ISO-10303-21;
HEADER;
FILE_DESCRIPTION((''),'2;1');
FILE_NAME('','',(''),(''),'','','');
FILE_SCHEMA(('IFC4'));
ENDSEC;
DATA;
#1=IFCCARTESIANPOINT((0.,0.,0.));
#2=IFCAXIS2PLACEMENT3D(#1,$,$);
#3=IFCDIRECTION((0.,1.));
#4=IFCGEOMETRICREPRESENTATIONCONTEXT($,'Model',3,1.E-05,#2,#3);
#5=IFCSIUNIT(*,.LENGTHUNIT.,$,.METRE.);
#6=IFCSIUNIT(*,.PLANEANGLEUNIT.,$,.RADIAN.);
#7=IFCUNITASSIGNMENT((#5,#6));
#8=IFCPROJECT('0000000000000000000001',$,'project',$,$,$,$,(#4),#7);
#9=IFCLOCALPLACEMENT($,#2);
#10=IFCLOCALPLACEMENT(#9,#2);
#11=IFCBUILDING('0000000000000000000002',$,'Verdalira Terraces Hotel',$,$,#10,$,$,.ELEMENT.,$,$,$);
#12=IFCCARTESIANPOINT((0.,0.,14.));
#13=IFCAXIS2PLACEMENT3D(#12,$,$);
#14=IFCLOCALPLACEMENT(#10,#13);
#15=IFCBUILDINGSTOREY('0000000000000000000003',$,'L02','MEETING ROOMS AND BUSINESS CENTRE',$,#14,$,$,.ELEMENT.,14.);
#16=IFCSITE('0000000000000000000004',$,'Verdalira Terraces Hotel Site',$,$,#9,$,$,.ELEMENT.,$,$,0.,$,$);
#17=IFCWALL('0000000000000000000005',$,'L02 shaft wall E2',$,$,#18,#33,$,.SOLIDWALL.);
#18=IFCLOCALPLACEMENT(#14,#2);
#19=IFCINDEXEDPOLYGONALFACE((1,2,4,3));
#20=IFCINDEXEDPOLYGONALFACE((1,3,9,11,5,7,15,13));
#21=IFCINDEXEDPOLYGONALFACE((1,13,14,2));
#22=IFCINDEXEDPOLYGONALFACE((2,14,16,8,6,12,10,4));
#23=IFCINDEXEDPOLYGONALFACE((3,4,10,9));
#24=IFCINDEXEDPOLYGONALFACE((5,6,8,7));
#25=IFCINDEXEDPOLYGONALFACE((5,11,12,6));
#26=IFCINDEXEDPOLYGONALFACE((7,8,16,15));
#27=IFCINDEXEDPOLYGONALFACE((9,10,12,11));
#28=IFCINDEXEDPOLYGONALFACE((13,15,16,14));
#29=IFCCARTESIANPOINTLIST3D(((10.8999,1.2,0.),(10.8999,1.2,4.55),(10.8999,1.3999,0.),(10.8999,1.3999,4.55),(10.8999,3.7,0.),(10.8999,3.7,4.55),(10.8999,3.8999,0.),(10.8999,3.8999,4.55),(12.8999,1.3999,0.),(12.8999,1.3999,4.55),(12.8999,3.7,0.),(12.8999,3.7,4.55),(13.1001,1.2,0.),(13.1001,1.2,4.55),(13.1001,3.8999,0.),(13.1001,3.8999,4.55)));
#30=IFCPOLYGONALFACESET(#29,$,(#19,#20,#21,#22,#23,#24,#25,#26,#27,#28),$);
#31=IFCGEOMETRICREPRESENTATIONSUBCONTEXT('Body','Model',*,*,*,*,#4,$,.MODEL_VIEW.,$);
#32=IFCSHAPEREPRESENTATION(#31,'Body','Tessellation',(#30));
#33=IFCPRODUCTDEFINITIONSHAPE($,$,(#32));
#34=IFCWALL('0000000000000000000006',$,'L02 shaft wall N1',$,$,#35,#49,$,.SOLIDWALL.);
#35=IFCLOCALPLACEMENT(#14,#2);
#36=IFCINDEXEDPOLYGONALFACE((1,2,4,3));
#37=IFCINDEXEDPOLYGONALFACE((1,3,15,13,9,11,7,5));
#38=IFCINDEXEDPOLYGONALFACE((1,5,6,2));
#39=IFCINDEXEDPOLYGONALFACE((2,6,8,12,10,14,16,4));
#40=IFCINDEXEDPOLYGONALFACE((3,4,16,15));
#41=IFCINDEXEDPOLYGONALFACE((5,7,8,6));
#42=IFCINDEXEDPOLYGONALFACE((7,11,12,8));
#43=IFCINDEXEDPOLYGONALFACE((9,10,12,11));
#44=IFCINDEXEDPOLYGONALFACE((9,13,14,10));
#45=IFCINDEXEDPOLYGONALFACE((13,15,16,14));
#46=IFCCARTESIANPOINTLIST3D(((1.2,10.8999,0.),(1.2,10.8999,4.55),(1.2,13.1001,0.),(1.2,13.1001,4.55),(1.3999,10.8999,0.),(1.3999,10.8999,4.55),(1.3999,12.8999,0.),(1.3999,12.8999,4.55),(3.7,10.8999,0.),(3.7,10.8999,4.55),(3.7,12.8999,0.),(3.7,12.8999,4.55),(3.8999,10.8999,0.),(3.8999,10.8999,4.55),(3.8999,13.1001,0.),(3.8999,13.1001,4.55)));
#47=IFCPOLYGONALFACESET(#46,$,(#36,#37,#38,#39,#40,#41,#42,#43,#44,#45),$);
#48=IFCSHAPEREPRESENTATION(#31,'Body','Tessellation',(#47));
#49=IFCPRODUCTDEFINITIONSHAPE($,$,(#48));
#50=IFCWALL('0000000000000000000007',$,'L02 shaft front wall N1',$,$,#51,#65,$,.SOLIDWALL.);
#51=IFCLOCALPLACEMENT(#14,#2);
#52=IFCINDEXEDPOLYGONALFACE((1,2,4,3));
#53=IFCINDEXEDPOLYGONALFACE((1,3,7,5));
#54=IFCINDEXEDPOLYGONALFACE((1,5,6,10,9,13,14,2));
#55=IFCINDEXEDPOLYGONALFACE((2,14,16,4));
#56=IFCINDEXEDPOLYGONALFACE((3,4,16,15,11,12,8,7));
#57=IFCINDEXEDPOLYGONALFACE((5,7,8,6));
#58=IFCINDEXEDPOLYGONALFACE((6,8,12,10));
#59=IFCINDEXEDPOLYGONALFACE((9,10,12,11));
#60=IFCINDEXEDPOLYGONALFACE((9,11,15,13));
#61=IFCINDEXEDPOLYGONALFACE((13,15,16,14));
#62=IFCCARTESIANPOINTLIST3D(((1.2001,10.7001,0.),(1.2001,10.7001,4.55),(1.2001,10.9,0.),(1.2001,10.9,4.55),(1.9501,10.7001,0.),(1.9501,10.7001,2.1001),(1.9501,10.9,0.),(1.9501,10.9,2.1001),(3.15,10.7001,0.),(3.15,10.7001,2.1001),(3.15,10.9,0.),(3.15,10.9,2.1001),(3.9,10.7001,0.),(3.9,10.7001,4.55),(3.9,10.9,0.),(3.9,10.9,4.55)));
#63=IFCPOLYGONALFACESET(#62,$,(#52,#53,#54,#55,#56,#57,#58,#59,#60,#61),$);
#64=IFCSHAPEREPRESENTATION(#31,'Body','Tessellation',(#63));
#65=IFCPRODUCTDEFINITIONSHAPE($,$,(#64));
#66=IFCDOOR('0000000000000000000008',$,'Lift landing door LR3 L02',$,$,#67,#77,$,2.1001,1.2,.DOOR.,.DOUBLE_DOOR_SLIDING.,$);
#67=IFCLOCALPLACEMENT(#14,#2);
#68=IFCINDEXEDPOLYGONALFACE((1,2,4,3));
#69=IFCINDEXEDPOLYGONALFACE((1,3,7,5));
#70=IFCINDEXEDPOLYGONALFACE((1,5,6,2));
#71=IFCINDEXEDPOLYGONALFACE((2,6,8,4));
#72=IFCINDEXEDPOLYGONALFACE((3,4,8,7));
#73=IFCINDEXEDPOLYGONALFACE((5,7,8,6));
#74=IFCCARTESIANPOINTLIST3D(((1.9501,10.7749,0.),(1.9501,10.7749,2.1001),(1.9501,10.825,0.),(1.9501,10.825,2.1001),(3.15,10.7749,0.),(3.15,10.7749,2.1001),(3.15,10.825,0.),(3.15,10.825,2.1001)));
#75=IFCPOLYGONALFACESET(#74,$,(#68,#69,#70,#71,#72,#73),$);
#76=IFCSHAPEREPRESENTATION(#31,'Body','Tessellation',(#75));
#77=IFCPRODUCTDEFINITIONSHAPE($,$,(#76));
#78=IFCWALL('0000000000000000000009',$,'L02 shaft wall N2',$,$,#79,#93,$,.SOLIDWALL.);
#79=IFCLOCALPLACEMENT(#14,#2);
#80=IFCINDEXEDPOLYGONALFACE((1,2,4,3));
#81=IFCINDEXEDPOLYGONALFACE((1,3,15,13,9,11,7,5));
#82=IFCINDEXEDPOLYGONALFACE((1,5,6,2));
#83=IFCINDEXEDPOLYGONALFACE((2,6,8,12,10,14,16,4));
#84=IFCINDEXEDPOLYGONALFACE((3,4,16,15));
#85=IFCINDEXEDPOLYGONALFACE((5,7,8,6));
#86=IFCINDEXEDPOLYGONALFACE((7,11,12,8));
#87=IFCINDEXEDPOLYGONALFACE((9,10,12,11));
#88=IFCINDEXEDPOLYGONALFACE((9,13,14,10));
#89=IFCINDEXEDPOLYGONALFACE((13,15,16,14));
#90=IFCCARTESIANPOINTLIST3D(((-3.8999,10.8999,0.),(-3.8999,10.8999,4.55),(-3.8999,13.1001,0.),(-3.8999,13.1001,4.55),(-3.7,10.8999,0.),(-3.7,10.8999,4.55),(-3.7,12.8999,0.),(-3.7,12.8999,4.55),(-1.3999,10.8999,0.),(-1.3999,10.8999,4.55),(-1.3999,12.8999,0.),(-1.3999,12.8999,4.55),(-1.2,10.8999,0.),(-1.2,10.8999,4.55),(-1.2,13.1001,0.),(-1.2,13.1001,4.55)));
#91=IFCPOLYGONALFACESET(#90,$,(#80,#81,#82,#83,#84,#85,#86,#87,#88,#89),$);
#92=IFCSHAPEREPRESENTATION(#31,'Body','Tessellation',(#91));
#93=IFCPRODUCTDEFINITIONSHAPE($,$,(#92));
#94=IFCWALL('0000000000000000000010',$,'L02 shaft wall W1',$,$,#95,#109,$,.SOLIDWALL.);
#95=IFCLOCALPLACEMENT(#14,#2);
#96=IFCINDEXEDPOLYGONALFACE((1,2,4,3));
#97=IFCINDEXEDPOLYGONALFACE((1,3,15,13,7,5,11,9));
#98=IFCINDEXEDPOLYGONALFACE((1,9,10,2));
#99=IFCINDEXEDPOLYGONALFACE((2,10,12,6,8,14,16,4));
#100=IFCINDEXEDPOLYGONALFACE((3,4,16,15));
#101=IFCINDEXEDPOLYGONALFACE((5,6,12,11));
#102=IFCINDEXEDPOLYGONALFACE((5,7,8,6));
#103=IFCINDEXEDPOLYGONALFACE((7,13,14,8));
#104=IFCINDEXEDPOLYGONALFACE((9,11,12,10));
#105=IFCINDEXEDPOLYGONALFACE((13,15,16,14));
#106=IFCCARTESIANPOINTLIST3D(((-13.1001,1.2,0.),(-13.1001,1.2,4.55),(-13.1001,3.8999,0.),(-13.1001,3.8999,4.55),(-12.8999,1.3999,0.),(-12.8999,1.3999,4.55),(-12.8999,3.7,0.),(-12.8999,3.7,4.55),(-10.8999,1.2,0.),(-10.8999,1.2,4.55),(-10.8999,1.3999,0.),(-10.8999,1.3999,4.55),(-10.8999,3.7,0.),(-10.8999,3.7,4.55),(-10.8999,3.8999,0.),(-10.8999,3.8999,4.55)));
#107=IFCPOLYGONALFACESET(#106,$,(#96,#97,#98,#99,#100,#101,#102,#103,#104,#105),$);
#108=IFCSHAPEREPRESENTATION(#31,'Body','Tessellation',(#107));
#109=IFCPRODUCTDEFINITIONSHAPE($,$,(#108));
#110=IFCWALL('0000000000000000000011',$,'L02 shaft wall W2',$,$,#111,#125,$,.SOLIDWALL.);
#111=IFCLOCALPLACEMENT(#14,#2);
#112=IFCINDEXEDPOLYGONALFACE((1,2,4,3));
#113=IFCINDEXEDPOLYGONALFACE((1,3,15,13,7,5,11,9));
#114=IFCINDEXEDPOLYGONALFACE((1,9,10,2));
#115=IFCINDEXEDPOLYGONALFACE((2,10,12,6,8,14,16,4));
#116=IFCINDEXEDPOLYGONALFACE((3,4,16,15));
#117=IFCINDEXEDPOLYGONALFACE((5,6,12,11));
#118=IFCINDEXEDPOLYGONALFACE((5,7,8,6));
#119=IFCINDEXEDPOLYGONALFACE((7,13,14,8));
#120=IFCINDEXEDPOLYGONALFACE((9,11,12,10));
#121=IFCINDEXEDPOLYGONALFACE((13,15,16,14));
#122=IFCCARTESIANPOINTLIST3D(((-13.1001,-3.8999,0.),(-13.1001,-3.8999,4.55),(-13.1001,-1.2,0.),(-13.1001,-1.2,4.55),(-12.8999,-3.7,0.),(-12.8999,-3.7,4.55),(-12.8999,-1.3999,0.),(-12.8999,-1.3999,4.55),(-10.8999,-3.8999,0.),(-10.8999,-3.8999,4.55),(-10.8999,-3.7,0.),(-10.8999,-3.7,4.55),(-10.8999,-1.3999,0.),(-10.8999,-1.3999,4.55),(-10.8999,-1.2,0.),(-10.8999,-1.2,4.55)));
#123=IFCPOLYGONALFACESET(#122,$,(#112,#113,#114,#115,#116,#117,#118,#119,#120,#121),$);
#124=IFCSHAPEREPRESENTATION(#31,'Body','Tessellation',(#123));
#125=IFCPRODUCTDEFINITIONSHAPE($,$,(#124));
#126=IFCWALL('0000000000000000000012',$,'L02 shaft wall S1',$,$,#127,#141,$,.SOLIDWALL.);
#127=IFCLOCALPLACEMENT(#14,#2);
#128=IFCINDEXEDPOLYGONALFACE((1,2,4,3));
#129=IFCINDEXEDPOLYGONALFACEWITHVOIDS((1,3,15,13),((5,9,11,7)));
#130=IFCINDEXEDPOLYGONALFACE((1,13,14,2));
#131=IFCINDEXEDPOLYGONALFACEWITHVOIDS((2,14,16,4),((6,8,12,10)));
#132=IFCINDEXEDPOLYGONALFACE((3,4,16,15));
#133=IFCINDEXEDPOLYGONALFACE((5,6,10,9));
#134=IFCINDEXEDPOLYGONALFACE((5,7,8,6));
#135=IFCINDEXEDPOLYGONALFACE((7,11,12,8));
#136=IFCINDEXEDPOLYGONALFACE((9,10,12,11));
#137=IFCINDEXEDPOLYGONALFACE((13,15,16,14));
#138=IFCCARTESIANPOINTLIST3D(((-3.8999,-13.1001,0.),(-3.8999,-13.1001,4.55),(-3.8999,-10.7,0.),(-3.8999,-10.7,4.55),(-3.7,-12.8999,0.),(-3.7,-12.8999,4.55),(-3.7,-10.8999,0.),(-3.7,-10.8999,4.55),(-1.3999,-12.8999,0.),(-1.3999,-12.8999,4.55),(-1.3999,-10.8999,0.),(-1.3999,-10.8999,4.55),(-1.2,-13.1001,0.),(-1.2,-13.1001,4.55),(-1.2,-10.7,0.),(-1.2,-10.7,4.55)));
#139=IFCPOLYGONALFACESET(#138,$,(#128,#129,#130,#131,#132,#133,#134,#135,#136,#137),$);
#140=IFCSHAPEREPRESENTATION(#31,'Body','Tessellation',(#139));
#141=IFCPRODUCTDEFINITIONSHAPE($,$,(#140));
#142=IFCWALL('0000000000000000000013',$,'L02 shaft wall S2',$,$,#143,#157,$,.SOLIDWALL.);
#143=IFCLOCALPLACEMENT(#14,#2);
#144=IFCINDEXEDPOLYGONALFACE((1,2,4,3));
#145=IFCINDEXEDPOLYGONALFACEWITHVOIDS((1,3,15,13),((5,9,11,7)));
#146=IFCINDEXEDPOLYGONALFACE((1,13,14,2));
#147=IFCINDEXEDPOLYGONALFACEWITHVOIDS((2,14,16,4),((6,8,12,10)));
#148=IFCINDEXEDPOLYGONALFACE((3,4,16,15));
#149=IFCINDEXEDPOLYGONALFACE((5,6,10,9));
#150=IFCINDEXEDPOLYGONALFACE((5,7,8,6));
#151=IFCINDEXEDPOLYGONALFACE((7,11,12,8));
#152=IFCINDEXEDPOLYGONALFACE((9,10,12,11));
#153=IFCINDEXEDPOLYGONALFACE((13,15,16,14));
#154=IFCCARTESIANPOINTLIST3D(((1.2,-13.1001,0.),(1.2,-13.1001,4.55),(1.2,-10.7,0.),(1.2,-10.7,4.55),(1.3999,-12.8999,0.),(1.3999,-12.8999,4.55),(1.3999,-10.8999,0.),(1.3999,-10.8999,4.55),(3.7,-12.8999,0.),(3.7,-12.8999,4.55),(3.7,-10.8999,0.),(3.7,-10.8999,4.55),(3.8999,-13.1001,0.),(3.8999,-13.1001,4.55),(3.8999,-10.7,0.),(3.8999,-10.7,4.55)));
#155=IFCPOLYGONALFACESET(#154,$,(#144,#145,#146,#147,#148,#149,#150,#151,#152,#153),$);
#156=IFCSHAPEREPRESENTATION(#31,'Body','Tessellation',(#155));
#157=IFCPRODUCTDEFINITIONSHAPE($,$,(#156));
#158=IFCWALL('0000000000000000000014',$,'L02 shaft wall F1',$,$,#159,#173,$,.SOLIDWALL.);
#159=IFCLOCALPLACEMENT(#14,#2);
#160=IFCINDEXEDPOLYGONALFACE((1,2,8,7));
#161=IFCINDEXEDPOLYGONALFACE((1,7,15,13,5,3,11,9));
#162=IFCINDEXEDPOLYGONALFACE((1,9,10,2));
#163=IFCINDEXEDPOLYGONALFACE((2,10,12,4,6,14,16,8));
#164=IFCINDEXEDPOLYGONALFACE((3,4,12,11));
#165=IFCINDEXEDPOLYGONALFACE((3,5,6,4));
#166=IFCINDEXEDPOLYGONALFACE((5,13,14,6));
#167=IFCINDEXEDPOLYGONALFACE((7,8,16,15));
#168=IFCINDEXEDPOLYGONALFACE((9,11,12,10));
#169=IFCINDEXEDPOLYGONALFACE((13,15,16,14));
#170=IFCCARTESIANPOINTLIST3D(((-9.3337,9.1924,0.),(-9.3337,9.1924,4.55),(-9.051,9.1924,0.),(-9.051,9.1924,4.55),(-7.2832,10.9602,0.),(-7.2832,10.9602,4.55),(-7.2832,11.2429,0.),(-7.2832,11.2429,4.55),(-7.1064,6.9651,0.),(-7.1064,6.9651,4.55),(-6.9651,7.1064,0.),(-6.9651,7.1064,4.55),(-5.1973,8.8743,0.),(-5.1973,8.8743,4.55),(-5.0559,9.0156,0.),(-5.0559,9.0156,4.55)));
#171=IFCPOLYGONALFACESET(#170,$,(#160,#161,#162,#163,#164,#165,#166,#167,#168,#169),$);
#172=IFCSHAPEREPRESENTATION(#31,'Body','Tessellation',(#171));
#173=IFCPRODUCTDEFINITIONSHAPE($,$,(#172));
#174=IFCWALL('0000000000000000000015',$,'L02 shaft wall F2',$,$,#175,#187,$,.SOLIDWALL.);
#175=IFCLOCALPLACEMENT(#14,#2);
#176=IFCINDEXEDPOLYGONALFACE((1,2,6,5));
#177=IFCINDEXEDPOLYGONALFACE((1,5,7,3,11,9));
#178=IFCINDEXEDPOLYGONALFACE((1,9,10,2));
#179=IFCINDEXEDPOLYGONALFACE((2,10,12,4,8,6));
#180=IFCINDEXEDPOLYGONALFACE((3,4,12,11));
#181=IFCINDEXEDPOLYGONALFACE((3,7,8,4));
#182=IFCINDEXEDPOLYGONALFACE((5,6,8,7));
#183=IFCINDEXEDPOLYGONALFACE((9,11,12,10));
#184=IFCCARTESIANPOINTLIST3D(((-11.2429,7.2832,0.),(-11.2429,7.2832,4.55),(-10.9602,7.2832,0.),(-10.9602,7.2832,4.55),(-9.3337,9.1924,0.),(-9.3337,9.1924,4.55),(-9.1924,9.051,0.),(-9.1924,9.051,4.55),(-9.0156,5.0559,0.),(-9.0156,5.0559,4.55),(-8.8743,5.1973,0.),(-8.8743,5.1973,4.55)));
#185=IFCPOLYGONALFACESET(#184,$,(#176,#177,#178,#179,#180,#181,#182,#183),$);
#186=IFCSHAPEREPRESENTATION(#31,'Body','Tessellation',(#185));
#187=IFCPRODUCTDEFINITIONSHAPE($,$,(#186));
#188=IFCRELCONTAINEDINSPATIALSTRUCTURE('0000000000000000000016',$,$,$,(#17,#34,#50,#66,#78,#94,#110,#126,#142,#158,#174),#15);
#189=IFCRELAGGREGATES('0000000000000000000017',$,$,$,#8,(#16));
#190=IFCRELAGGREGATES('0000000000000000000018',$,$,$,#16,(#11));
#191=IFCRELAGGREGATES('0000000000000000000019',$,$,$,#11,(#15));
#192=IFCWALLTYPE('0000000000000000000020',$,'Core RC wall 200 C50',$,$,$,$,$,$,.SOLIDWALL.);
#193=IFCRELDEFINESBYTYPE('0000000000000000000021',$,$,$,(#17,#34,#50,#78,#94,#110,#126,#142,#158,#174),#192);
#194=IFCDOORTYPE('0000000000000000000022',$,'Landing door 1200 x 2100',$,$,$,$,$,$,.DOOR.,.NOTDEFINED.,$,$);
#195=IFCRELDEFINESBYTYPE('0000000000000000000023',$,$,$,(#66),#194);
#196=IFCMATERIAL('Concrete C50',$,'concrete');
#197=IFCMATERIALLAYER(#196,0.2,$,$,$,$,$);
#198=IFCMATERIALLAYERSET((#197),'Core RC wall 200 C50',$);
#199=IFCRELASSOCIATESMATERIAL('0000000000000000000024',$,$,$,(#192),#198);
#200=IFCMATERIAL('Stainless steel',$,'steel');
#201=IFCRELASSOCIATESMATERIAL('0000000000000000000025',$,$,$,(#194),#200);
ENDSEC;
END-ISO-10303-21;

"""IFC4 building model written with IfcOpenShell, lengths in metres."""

from ifc_helpers import new_model, si_unit, direction, frame, frame_2d, origin, place, context, subcontext, project, spatial, polyline, rectangle, outline, extrude, material, layer, layer_set, type_object, element, fill, save


model = new_model("IFC4")

# Units and contexts
model_context = context("Model", 3, precision=1e-05, world=origin(), true_north=direction((0.0, 1.0)))
body_context = subcontext(model_context, "Body", "Model", "MODEL_VIEW")
ifc_project = project(units=[si_unit("LENGTHUNIT", "METRE"), si_unit("PLANEANGLEUNIT", "RADIAN")], contexts=[model_context])

# Site, building, storey
site_placement = place(None, origin())
site = spatial("IfcSite", under=ifc_project, at=site_placement, Name="Verdalira Terraces Hotel Site", CompositionType="ELEMENT", RefElevation=0.0)
building_placement = place(site_placement, origin())
building = spatial("IfcBuilding", under=site, at=building_placement, Name="Verdalira Terraces Hotel", CompositionType="ELEMENT")
storey_placement = place(building_placement, frame((0.0, 0.0, 14.0)))
storey = spatial("IfcBuildingStorey", under=building, at=storey_placement, Name="L02", Description="MEETING ROOMS AND BUSINESS CENTRE", CompositionType="ELEMENT", Elevation=14.0)

# Walls
ifc_material_1 = material(Name="Concrete C50", Category="concrete")
ifc_layer_1 = layer(ifc_material_1, 0.2)
ifc_layer_set_1 = layer_set([ifc_layer_1], Name="Core RC wall 200 C50")
wall_type_1 = type_object("IfcWallType", Name="Core RC wall 200 C50", PredefinedType="SOLIDWALL", material=ifc_layer_set_1)
wall_1_placement = place(storey_placement, origin())
element("IfcWall", 1, at=wall_1_placement, inside=storey, type_object=wall_type_1, Name="L02 shaft wall E2", PredefinedType="SOLIDWALL", context=body_context, shape_type="SweptSolid", body=[
    extrude(outline(polyline([(13.1001, 3.8999), (13.1001, 1.2), (10.8999, 1.2), (10.8999, 1.3999), (12.8999, 1.3999), (12.8999, 3.7), (10.8999, 3.7), (10.8999, 3.8999), (13.1001, 3.8999)])), origin(), (0.0, 0.0, 1.0), 4.55),
])
wall_2_placement = place(storey_placement, origin())
element("IfcWall", 2, at=wall_2_placement, inside=storey, type_object=wall_type_1, Name="L02 shaft wall N1", PredefinedType="SOLIDWALL", context=body_context, shape_type="SweptSolid", body=[
    extrude(outline(polyline([(3.8999, 13.1001), (3.8999, 10.8999), (3.7, 10.8999), (3.7, 12.8999), (1.3999, 12.8999), (1.3999, 10.8999), (1.2, 10.8999), (1.2, 13.1001), (3.8999, 13.1001)])), origin(), (0.0, 0.0, 1.0), 4.55),
])

# Wall, opening, door
wall_3_placement = place(storey_placement, frame((1.2, 10.8, 0.0), z_axis=(0.0, 0.0, 1.0), x_axis=(1.0, 0.0, 0.0)))
wall_3 = element("IfcWall", 3, at=wall_3_placement, inside=storey, type_object=wall_type_1, Name="L02 shaft front wall N1", PredefinedType="SOLIDWALL", context=body_context, shape_type="SweptSolid", body=[
    extrude(rectangle(XDim=2.7, YDim=0.2, at=frame_2d((1.3501, 0.0))), origin(), (0.0, 0.0, 1.0), 4.55),
])
opening_placement = place(wall_3_placement, frame((0.75, 0.0, 0.0)))
opening = element("IfcOpeningElement", 4, at=opening_placement, cuts=wall_3, PredefinedType="OPENING", context=body_context, shape_type="SweptSolid", body=[
    extrude(rectangle(XDim=1.2, YDim=2.1001, at=frame_2d((0.6001, 1.05))), frame((0.0, 0.1099, 0.0), z_axis=(0.0, -1.0, 0.0), x_axis=(1.0, 0.0, 0.0)), (0.0, 0.0, 1.0), 0.22),
])
ifc_material_2 = material(Name="Stainless steel", Category="steel")
door_type = type_object("IfcDoorType", Name="Landing door 1200 x 2100", OperationType="NOTDEFINED", PredefinedType="DOOR", material=ifc_material_2)
door_placement = place(opening_placement, origin())
door = element("IfcDoor", 5, at=door_placement, inside=storey, type_object=door_type, Name="Lift landing door LR3 L02", OperationType="DOUBLE_DOOR_SLIDING", OverallHeight=2.1001, OverallWidth=1.2, PredefinedType="DOOR", context=body_context, shape_type="SweptSolid", body=[
    extrude(rectangle(XDim=1.2, YDim=2.1001, at=frame_2d((0.6001, 1.05))), frame((0.0, 0.0249, 0.0), z_axis=(0.0, -1.0, 0.0), x_axis=(1.0, 0.0, 0.0)), (0.0, 0.0, 1.0), 0.05),
])
fill(opening, door)

# Walls
wall_4_placement = place(storey_placement, origin())
element("IfcWall", 6, at=wall_4_placement, inside=storey, type_object=wall_type_1, Name="L02 shaft wall N2", PredefinedType="SOLIDWALL", context=body_context, shape_type="SweptSolid", body=[
    extrude(outline(polyline([(-3.8999, 10.8999), (-3.8999, 13.1001), (-1.2, 13.1001), (-1.2, 10.8999), (-1.3999, 10.8999), (-1.3999, 12.8999), (-3.7, 12.8999), (-3.7, 10.8999), (-3.8999, 10.8999)])), origin(), (0.0, 0.0, 1.0), 4.55),
])
wall_5_placement = place(storey_placement, origin())
element("IfcWall", 7, at=wall_5_placement, inside=storey, type_object=wall_type_1, Name="L02 shaft wall W1", PredefinedType="SOLIDWALL", context=body_context, shape_type="SweptSolid", body=[
    extrude(outline(polyline([(-13.1001, 3.8999), (-10.8999, 3.8999), (-10.8999, 3.7), (-12.8999, 3.7), (-12.8999, 1.3999), (-10.8999, 1.3999), (-10.8999, 1.2), (-13.1001, 1.2), (-13.1001, 3.8999)])), origin(), (0.0, 0.0, 1.0), 4.55),
])
wall_6_placement = place(storey_placement, origin())
element("IfcWall", 8, at=wall_6_placement, inside=storey, type_object=wall_type_1, Name="L02 shaft wall W2", PredefinedType="SOLIDWALL", context=body_context, shape_type="SweptSolid", body=[
    extrude(outline(polyline([(-13.1001, -3.8999), (-13.1001, -1.2), (-10.8999, -1.2), (-10.8999, -1.3999), (-12.8999, -1.3999), (-12.8999, -3.7), (-10.8999, -3.7), (-10.8999, -3.8999), (-13.1001, -3.8999)])), origin(), (0.0, 0.0, 1.0), 4.55),
])
wall_7_placement = place(storey_placement, origin())
element("IfcWall", 9, at=wall_7_placement, inside=storey, type_object=wall_type_1, Name="L02 shaft wall S1", PredefinedType="SOLIDWALL", context=body_context, shape_type="SweptSolid", body=[
    extrude(outline(polyline([(-1.2, -13.1001), (-3.8999, -13.1001), (-3.8999, -10.7), (-1.2, -10.7), (-1.2, -13.1001)]), holes=[polyline([(-3.7, -10.8999), (-3.7, -12.8999), (-1.3999, -12.8999), (-1.3999, -10.8999), (-3.7, -10.8999)])]), origin(), (0.0, 0.0, 1.0), 4.55),
])
wall_8_placement = place(storey_placement, origin())
element("IfcWall", 10, at=wall_8_placement, inside=storey, type_object=wall_type_1, Name="L02 shaft wall S2", PredefinedType="SOLIDWALL", context=body_context, shape_type="SweptSolid", body=[
    extrude(outline(polyline([(3.8999, -10.7), (3.8999, -13.1001), (1.2, -13.1001), (1.2, -10.7), (3.8999, -10.7)]), holes=[polyline([(1.3999, -12.8999), (3.7, -12.8999), (3.7, -10.8999), (1.3999, -10.8999), (1.3999, -12.8999)])]), origin(), (0.0, 0.0, 1.0), 4.55),
])
wall_9_placement = place(storey_placement, origin())
element("IfcWall", 11, at=wall_9_placement, inside=storey, type_object=wall_type_1, Name="L02 shaft wall F1", PredefinedType="SOLIDWALL", context=body_context, shape_type="SweptSolid", body=[
    extrude(outline(polyline([(-9.3337, 9.1924), (-7.2832, 11.2429), (-5.0559, 9.0156), (-5.1973, 8.8743), (-7.2832, 10.9602), (-9.051, 9.1924), (-6.9651, 7.1064), (-7.1064, 6.9651), (-9.3337, 9.1924)])), origin(), (0.0, 0.0, 1.0), 4.55),
])
wall_10_placement = place(storey_placement, origin())
element("IfcWall", 12, at=wall_10_placement, inside=storey, type_object=wall_type_1, Name="L02 shaft wall F2", PredefinedType="SOLIDWALL", context=body_context, shape_type="SweptSolid", body=[
    extrude(outline(polyline([(-11.2429, 7.2832), (-9.3337, 9.1924), (-9.1924, 9.051), (-10.9602, 7.2832), (-8.8743, 5.1973), (-9.0156, 5.0559), (-11.2429, 7.2832)])), origin(), (0.0, 0.0, 1.0), 4.55),
])

save(model, "model.ifc")
